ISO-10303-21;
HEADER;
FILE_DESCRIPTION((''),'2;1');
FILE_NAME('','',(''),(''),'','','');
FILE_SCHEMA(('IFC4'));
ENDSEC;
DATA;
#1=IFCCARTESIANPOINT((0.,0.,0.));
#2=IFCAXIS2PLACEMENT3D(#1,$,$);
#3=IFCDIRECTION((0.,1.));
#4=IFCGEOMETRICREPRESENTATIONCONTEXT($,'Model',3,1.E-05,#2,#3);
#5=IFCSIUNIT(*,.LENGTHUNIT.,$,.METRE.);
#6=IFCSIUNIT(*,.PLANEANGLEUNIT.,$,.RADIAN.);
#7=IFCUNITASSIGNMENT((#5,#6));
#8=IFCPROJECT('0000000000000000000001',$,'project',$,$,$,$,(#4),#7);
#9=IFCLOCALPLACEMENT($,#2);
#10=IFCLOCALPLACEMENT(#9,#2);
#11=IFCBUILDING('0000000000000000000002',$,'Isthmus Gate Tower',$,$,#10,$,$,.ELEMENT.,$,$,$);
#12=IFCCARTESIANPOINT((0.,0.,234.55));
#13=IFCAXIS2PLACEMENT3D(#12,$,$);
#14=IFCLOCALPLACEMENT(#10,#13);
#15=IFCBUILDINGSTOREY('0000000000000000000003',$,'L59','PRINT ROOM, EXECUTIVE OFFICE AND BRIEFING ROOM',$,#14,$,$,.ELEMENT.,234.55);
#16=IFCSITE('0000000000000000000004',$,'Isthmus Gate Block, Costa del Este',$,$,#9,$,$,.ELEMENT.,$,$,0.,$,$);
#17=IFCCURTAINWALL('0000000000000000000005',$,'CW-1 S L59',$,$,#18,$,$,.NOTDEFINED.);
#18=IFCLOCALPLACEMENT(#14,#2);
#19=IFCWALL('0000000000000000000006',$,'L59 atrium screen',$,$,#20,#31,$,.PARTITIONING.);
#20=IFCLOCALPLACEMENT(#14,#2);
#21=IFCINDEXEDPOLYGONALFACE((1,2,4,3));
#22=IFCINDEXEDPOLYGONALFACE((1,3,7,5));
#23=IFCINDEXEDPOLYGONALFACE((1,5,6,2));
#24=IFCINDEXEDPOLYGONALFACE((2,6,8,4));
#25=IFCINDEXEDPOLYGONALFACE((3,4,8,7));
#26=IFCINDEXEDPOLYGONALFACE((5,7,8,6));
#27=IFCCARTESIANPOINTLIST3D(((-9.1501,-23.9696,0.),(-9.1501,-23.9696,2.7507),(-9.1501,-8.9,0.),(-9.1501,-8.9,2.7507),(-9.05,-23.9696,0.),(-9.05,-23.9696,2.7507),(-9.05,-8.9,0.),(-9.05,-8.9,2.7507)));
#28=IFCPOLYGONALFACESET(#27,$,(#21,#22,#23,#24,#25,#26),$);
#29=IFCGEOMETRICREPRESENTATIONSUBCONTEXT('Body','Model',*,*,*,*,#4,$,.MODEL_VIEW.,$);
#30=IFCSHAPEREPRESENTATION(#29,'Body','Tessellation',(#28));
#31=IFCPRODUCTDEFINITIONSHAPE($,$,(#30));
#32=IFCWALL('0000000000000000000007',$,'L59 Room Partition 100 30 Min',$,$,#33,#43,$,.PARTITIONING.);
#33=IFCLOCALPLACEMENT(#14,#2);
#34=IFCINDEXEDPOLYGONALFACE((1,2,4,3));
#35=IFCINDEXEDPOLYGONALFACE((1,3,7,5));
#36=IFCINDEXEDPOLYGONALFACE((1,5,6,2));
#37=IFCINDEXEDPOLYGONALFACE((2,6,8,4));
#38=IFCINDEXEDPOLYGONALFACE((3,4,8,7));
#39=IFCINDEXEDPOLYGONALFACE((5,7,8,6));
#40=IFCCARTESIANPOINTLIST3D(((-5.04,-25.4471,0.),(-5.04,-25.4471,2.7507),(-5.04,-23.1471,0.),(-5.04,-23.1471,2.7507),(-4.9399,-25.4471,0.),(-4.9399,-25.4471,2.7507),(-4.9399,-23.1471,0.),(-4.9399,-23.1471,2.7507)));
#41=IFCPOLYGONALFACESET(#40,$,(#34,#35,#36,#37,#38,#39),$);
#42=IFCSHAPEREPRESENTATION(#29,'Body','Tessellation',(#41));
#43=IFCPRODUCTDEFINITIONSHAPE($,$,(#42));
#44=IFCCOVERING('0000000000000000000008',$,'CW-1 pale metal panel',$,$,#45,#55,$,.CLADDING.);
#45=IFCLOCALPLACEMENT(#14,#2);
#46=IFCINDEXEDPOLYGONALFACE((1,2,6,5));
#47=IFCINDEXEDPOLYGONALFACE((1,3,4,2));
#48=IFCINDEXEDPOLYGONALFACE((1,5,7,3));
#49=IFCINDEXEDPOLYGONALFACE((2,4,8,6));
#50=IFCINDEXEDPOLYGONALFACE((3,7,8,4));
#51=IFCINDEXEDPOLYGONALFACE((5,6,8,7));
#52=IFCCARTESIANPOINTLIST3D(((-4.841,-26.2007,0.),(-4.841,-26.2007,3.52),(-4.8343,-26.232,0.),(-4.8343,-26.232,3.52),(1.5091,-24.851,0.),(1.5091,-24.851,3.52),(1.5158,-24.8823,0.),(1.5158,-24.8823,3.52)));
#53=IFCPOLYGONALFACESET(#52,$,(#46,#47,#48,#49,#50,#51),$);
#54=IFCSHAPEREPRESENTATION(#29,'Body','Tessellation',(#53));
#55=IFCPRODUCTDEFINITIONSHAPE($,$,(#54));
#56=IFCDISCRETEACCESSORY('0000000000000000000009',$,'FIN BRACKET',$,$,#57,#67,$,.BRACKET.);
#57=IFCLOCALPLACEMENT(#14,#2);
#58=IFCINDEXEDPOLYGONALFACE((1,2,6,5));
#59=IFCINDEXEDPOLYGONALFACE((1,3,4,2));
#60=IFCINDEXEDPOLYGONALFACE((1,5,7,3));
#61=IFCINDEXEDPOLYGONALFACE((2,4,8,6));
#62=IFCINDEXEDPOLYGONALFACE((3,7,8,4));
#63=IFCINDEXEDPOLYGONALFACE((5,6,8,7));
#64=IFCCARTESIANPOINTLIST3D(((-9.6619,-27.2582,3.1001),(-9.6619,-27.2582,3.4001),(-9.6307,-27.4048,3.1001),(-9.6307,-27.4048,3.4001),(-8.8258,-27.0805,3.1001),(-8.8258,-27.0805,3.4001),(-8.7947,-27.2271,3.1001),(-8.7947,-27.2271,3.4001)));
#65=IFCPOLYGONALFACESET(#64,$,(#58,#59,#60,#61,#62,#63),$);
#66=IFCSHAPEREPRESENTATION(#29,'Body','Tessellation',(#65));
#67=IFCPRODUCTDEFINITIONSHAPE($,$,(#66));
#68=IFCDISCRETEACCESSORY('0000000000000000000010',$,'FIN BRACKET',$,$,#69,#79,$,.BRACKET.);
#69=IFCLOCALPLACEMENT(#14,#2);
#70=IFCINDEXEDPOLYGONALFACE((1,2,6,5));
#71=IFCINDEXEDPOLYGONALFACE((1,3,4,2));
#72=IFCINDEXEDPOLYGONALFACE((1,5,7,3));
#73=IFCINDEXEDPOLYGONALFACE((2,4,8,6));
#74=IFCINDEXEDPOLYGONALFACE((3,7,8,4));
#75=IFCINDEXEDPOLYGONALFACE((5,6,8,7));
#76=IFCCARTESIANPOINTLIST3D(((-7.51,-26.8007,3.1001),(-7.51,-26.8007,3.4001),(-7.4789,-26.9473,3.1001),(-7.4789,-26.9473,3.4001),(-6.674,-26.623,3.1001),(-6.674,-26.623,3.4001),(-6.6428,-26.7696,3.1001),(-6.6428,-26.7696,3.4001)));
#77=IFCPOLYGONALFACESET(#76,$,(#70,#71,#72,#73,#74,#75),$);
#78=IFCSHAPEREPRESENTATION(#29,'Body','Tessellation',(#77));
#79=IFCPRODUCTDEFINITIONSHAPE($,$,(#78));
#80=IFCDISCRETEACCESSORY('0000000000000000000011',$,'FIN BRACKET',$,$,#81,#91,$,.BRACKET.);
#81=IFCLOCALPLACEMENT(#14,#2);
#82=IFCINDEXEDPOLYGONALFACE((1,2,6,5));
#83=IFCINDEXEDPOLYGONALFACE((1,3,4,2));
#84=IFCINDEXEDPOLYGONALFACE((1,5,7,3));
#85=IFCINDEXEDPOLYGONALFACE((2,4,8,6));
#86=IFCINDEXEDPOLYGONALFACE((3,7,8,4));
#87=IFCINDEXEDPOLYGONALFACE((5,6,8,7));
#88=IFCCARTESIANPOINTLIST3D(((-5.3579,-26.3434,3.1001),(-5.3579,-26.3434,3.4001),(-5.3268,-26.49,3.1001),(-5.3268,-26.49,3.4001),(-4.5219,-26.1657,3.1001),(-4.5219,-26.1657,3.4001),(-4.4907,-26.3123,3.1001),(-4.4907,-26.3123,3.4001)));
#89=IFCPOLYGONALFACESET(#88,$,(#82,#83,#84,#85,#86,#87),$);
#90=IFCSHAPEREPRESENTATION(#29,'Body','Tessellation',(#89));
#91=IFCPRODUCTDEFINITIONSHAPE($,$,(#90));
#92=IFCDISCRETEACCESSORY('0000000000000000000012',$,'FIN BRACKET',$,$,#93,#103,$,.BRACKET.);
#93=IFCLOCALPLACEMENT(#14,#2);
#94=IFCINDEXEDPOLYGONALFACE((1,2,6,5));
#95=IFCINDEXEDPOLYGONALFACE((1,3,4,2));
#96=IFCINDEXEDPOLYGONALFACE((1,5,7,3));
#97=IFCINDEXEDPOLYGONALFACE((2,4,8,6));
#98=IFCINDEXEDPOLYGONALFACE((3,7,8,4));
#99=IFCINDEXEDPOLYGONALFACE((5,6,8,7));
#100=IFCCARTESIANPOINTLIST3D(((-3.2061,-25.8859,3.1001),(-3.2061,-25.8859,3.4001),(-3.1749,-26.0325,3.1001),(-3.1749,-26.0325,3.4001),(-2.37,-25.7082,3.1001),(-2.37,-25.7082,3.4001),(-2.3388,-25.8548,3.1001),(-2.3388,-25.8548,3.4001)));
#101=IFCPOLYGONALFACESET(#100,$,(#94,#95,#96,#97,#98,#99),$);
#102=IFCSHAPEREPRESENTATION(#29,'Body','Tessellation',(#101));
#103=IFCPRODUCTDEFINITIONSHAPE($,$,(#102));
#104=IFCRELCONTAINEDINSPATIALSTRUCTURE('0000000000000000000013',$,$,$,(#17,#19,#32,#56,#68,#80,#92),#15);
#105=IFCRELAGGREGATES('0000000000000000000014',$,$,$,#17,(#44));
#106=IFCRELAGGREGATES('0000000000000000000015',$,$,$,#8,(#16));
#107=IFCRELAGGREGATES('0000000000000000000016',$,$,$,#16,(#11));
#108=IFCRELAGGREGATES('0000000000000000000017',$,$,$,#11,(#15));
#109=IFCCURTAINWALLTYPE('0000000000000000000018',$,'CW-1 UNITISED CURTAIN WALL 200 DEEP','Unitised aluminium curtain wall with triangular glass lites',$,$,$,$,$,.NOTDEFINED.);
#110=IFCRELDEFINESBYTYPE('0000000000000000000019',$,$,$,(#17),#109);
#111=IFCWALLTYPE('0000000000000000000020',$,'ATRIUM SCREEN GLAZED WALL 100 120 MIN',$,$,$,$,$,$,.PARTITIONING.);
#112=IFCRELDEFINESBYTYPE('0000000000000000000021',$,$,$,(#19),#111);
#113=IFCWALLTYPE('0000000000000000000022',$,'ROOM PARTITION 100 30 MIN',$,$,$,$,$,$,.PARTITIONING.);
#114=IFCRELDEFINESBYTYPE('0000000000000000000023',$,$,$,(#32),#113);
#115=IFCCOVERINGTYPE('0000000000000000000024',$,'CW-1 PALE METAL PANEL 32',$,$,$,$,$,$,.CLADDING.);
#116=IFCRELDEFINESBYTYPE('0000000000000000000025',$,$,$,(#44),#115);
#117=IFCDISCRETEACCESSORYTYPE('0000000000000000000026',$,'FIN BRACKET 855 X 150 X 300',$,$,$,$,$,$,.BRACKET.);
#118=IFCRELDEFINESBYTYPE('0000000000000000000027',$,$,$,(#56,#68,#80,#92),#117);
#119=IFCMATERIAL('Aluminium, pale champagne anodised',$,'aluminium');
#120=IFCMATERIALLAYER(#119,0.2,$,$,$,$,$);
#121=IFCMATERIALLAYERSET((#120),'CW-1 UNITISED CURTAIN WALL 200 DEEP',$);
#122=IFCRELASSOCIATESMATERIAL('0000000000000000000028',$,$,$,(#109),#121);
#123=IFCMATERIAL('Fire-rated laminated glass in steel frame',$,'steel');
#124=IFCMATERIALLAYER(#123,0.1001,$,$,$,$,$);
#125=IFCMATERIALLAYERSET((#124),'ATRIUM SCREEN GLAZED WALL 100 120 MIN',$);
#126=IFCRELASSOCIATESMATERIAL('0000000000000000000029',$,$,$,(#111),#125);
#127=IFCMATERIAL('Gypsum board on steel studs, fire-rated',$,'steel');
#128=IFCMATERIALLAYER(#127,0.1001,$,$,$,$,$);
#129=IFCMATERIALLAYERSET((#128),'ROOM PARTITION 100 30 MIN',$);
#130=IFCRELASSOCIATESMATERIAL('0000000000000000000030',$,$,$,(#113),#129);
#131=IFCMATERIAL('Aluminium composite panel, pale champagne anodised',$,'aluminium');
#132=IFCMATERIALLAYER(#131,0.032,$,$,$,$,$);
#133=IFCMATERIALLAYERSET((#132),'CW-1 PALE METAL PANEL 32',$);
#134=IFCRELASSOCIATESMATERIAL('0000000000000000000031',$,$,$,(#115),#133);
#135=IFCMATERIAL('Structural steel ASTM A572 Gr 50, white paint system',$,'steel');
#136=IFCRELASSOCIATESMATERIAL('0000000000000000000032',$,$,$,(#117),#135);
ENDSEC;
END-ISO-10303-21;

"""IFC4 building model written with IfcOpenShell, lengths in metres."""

from ifc_helpers import new_model, si_unit, direction, frame, frame_2d, origin, origin_2d, place, context, subcontext, project, spatial, rectangle, extrude, material, layer, layer_set, type_object, element, aggregate, save


model = new_model("IFC4")

# Units and contexts
model_context = context("Model", 3, precision=1e-05, world=origin(), true_north=direction((0.0, 1.0)))
body_context = subcontext(model_context, "Body", "Model", "MODEL_VIEW")
ifc_project = project(units=[si_unit("LENGTHUNIT", "METRE"), si_unit("PLANEANGLEUNIT", "RADIAN")], contexts=[model_context])

# Site, building, storey
site_placement = place(None, origin())
site = spatial("IfcSite", under=ifc_project, at=site_placement, Name="Isthmus Gate Block, Costa del Este", CompositionType="ELEMENT", RefElevation=0.0)
building_placement = place(site_placement, origin())
building = spatial("IfcBuilding", under=site, at=building_placement, Name="Isthmus Gate Tower", CompositionType="ELEMENT")
storey_placement = place(building_placement, frame((0.0, 0.0, 234.55)))
storey = spatial("IfcBuildingStorey", under=building, at=storey_placement, Name="L59", Description="PRINT ROOM, EXECUTIVE OFFICE AND BRIEFING ROOM", CompositionType="ELEMENT", Elevation=234.55)

# Curtain wall
ifc_material_1 = material(Name="Aluminium, pale champagne anodised", Category="aluminium")
ifc_layer_1 = layer(ifc_material_1, 0.2)
ifc_layer_set_1 = layer_set([ifc_layer_1], Name="CW-1 UNITISED CURTAIN WALL 200 DEEP")
curtain_wall_type = type_object("IfcCurtainWallType", Name="CW-1 UNITISED CURTAIN WALL 200 DEEP", Description="Unitised aluminium curtain wall with triangular glass lites", PredefinedType="NOTDEFINED", material=ifc_layer_set_1)
curtain_wall_1_placement = place(storey_placement, origin())
curtain_wall_1 = element("IfcCurtainWall", 1, at=curtain_wall_1_placement, inside=storey, type_object=curtain_wall_type, Name="CW-1 S L59", PredefinedType="NOTDEFINED")

# Walls
ifc_material_2 = material(Name="Fire-rated laminated glass in steel frame", Category="steel")
ifc_layer_2 = layer(ifc_material_2, 0.1001)
ifc_layer_set_2 = layer_set([ifc_layer_2], Name="ATRIUM SCREEN GLAZED WALL 100 120 MIN")
wall_type_1 = type_object("IfcWallType", Name="ATRIUM SCREEN GLAZED WALL 100 120 MIN", PredefinedType="PARTITIONING", material=ifc_layer_set_2)
wall_1_placement = place(storey_placement, frame((-9.1001, -23.9695, 0.0), z_axis=(0.0, 0.0, 1.0), x_axis=(0.0, 1.0, 0.0)))
element("IfcWall", 2, at=wall_1_placement, inside=storey, type_object=wall_type_1, Name="L59 atrium screen", PredefinedType="PARTITIONING", context=body_context, shape_type="SweptSolid", body=[
    extrude(rectangle(XDim=15.0696, YDim=0.1001, at=frame_2d((7.5347, 0.0))), origin(), (0.0, 0.0, 1.0), 2.7507),
])
ifc_material_3 = material(Name="Gypsum board on steel studs, fire-rated", Category="steel")
ifc_layer_3 = layer(ifc_material_3, 0.1001)
ifc_layer_set_3 = layer_set([ifc_layer_3], Name="ROOM PARTITION 100 30 MIN")
wall_type_2 = type_object("IfcWallType", Name="ROOM PARTITION 100 30 MIN", PredefinedType="PARTITIONING", material=ifc_layer_set_3)
wall_2_placement = place(storey_placement, frame((-4.99, -25.447, 0.0), z_axis=(0.0, 0.0, 1.0), x_axis=(0.0, 1.0, 0.0)))
element("IfcWall", 3, at=wall_2_placement, inside=storey, type_object=wall_type_2, Name="L59 Room Partition 100 30 Min", PredefinedType="PARTITIONING", context=body_context, shape_type="SweptSolid", body=[
    extrude(rectangle(XDim=2.3, YDim=0.1001, at=frame_2d((1.1499, 0.0))), origin(), (0.0, 0.0, 1.0), 2.7507),
])

# Covering
ifc_material_4 = material(Name="Aluminium composite panel, pale champagne anodised", Category="aluminium")
ifc_layer_4 = layer(ifc_material_4, 0.032)
ifc_layer_set_4 = layer_set([ifc_layer_4], Name="CW-1 PALE METAL PANEL 32")
covering_type = type_object("IfcCoveringType", Name="CW-1 PALE METAL PANEL 32", PredefinedType="CLADDING", material=ifc_layer_set_4)
covering_placement = place(storey_placement, frame((-1.6626, -25.5415, 0.0), z_axis=(0.0, 0.0, 1.0), x_axis=(0.978148, 0.207912, 0.0)))
covering = element("IfcCovering", 4, at=covering_placement, type_object=covering_type, Name="CW-1 pale metal panel", PredefinedType="CLADDING", context=body_context, shape_type="SweptSolid", body=[
    extrude(rectangle(XDim=6.4919, YDim=0.032, at=origin_2d()), origin(), (0.0, 0.0, 1.0), 3.52),
])
aggregate(curtain_wall_1, [covering])

# Discrete accessories
ifc_material_5 = material(Name="Structural steel ASTM A572 Gr 50, white paint system", Category="steel")
discrete_accessory_type = type_object("IfcDiscreteAccessoryType", Name="FIN BRACKET 855 X 150 X 300", PredefinedType="BRACKET", material=ifc_material_5)
for number, where, z_axis, x_axis, name in (
    (5, (-9.2283, -27.2427, 3.1001), (0.0, 0.0, 1.0), (0.207912, -0.978148, 0.0), "FIN BRACKET"),
    (6, (-7.0764, -26.7852, 3.1001), (0.0, 0.0, 1.0), (0.207912, -0.978148, 0.0), "FIN BRACKET"),
    (7, (-4.9243, -26.3279, 3.1001), (0.0, 0.0, 1.0), (0.207912, -0.978148, 0.0), "FIN BRACKET"),
    (8, (-2.7725, -25.8704, 3.1001), (0.0, 0.0, 1.0), (0.207912, -0.978148, 0.0), "FIN BRACKET"),
):
    element("IfcDiscreteAccessory", number, at=place(storey_placement, frame(where, z_axis=z_axis, x_axis=x_axis)), inside=storey, type_object=discrete_accessory_type, Name=name, PredefinedType="BRACKET", context=body_context, shape_type="SweptSolid", body=[
        extrude(rectangle(XDim=0.1499, YDim=0.8547, at=origin_2d()), origin(), (0.0, 0.0, 1.0), 0.3),
    ])

save(model, "model.ifc")
